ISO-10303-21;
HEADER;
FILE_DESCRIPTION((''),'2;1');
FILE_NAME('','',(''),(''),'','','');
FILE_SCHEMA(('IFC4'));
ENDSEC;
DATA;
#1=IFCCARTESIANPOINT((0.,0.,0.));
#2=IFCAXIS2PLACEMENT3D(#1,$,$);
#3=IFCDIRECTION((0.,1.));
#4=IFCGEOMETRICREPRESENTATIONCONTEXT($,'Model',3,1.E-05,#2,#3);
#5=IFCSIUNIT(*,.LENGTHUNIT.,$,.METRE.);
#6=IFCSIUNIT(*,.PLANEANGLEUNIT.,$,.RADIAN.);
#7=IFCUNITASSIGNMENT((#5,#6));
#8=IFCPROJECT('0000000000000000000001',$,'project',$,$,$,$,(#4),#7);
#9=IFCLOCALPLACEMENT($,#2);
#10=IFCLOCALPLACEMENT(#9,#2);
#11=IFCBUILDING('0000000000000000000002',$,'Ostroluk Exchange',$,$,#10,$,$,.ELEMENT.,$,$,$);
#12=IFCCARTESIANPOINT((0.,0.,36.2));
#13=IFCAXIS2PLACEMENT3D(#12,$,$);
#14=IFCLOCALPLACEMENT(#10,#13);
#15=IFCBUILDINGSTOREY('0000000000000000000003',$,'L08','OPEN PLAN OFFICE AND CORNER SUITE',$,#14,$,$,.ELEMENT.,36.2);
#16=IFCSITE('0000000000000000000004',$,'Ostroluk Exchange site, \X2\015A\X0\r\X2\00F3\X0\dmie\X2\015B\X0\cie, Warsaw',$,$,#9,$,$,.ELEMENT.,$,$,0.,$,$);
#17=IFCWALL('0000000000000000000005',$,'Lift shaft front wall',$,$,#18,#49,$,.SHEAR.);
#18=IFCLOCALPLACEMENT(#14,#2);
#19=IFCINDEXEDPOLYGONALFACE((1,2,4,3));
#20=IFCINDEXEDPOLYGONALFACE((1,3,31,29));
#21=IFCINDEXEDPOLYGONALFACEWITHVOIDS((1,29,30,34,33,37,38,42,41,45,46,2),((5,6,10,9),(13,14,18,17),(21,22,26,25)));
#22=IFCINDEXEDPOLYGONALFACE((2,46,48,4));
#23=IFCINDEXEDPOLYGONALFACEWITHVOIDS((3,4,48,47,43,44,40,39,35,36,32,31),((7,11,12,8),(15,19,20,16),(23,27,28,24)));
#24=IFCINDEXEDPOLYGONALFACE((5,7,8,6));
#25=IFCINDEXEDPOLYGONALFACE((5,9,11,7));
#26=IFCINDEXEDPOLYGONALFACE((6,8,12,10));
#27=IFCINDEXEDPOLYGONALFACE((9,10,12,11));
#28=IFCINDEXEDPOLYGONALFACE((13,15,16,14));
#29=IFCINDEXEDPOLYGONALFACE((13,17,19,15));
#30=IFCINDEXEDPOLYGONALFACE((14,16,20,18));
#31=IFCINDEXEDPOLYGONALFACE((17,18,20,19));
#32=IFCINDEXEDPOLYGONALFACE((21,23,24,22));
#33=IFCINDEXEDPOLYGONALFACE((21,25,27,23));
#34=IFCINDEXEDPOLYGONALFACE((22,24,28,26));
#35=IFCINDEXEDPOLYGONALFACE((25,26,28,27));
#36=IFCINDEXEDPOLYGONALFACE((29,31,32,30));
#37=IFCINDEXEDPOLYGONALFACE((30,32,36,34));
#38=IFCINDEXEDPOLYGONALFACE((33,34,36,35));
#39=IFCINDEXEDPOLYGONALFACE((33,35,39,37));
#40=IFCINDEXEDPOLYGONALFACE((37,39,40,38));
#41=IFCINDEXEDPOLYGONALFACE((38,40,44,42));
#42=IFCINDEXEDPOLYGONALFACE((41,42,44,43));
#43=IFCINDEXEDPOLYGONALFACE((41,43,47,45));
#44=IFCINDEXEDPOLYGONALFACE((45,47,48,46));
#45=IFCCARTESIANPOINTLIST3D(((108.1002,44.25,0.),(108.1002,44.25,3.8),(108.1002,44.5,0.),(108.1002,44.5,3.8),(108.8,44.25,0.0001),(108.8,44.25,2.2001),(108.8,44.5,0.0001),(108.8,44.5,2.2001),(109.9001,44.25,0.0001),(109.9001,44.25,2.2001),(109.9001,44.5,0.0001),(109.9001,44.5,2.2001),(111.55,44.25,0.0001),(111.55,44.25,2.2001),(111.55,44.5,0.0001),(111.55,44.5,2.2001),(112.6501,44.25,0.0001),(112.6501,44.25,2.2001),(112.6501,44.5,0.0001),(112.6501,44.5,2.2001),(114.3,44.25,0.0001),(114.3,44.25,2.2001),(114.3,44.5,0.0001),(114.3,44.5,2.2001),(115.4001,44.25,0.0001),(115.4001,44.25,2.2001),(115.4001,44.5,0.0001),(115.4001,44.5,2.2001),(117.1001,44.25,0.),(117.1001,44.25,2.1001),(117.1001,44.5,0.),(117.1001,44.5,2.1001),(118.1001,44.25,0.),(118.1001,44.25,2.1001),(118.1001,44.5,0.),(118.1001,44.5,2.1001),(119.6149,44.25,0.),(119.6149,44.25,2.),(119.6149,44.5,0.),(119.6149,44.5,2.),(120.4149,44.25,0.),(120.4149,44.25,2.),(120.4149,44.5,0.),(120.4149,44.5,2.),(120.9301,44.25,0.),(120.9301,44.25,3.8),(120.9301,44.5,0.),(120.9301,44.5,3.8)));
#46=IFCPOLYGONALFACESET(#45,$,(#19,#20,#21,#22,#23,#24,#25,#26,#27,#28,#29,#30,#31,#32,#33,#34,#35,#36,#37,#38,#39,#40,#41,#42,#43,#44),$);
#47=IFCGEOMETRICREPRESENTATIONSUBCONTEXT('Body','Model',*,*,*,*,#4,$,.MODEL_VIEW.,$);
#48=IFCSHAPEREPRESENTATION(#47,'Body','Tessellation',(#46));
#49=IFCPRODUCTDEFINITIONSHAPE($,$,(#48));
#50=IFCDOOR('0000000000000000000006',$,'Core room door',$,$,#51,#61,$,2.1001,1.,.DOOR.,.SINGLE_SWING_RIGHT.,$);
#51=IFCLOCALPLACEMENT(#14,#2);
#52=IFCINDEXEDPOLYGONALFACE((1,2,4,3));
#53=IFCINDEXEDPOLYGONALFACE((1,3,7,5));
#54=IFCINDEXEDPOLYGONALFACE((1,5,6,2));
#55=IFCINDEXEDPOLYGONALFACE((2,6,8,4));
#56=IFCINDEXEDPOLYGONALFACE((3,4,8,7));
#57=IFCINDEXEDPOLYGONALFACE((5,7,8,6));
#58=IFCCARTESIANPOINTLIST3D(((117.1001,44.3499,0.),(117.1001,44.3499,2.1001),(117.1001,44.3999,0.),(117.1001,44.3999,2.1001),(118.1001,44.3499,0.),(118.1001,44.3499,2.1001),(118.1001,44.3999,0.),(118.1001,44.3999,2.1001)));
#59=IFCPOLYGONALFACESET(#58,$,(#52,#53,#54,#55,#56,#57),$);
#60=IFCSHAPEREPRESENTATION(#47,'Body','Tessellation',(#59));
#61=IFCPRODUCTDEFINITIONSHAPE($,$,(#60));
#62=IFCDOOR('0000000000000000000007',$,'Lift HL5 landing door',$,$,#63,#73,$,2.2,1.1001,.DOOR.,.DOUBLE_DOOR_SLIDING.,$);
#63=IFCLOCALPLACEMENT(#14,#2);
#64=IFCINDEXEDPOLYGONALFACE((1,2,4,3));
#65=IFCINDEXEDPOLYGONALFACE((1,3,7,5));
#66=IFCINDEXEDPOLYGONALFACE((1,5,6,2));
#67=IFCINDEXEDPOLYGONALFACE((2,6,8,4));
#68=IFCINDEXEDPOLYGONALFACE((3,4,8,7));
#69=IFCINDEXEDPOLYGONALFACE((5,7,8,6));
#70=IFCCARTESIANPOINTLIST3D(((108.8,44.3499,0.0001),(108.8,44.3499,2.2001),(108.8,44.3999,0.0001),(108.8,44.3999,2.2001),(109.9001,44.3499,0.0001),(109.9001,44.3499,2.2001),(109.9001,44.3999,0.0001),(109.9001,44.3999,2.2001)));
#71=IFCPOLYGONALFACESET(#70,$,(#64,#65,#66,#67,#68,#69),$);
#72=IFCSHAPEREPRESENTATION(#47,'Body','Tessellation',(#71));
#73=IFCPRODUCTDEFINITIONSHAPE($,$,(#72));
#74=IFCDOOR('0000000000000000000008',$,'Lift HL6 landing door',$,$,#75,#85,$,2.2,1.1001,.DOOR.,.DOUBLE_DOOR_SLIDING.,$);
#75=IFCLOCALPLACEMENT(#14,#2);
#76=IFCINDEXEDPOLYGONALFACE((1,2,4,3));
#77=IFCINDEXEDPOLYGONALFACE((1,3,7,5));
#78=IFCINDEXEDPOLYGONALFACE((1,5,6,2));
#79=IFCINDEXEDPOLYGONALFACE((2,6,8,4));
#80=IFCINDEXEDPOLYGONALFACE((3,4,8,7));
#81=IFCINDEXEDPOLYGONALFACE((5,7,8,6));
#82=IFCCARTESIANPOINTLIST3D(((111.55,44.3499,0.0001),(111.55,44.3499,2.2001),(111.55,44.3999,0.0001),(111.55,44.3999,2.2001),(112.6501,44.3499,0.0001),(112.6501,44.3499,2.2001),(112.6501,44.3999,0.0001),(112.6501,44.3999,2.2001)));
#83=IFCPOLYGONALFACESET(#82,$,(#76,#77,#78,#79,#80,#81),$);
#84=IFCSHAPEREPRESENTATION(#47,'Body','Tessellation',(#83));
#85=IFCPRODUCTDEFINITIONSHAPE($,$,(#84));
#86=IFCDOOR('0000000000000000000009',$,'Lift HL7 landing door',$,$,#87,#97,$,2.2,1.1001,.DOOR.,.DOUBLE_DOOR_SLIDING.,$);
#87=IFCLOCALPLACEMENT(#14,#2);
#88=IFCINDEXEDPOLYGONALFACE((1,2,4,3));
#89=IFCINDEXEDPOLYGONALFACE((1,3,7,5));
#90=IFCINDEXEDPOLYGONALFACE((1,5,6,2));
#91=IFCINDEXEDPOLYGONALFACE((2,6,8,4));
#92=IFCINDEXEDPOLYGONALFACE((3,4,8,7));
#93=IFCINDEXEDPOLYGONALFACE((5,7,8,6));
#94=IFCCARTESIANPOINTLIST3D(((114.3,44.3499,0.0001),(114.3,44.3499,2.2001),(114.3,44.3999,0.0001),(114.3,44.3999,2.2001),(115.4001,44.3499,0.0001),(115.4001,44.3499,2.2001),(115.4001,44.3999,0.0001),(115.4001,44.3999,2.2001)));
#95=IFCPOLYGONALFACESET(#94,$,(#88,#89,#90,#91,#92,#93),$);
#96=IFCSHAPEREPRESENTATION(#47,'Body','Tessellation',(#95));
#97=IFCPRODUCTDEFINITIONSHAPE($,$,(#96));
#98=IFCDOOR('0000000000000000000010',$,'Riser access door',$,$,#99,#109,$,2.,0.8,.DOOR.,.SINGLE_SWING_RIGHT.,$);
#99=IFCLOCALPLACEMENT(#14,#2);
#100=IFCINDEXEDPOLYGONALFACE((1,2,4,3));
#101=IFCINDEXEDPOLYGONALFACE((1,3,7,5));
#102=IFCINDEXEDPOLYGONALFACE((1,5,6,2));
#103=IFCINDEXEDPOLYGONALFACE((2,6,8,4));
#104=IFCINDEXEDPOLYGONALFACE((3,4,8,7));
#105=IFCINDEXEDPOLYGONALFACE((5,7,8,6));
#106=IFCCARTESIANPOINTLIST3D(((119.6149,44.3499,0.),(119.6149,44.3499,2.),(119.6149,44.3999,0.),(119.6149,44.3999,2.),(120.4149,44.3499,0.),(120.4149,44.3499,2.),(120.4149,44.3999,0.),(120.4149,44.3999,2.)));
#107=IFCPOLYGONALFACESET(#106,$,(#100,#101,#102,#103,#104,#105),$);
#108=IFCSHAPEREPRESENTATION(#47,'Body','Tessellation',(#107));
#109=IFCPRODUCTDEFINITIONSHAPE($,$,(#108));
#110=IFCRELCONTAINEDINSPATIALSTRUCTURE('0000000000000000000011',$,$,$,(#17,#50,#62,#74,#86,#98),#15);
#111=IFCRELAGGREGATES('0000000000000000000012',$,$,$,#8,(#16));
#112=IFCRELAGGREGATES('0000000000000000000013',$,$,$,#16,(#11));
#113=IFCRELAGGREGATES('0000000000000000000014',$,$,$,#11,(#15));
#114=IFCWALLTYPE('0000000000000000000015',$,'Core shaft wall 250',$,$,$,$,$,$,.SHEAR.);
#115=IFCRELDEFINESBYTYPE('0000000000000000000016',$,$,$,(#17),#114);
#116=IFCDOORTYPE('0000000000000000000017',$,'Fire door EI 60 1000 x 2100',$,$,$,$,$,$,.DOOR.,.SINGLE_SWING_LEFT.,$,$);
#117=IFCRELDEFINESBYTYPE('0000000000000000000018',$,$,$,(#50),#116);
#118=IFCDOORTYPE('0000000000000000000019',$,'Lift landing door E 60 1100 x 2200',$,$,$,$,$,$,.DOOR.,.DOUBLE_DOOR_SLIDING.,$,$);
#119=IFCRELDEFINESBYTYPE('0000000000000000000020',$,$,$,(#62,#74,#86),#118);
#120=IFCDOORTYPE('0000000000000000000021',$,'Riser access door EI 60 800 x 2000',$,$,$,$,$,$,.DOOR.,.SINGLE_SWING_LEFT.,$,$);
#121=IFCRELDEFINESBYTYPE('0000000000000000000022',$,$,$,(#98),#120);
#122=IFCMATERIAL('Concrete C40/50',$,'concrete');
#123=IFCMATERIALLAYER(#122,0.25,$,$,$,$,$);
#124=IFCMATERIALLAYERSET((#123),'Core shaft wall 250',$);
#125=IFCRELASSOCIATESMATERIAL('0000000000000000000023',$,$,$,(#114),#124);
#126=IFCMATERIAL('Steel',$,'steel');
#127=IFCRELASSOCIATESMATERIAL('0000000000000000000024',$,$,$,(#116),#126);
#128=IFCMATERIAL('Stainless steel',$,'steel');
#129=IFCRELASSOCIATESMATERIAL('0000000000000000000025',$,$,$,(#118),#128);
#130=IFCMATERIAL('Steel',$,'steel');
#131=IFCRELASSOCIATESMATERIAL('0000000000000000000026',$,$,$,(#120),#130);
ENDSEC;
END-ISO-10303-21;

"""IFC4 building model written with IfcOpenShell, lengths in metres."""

from ifc_helpers import new_model, si_unit, direction, frame, frame_2d, origin, place, context, subcontext, project, spatial, rectangle, extrude, material, layer, layer_set, type_object, element, fill, save


model = new_model("IFC4")

# Units and contexts
model_context = context("Model", 3, precision=1e-05, world=origin(), true_north=direction((0.0, 1.0)))
body_context = subcontext(model_context, "Body", "Model", "MODEL_VIEW")
ifc_project = project(units=[si_unit("LENGTHUNIT", "METRE"), si_unit("PLANEANGLEUNIT", "RADIAN")], contexts=[model_context])

# Site, building, storey
site_placement = place(None, origin())
site = spatial("IfcSite", under=ifc_project, at=site_placement, Name="Ostroluk Exchange site, Śródmieście, Warsaw", CompositionType="ELEMENT", RefElevation=0.0)
building_placement = place(site_placement, origin())
building = spatial("IfcBuilding", under=site, at=building_placement, Name="Ostroluk Exchange", CompositionType="ELEMENT")
storey_placement = place(building_placement, frame((0.0, 0.0, 36.2)))
storey = spatial("IfcBuildingStorey", under=building, at=storey_placement, Name="L08", Description="OPEN PLAN OFFICE AND CORNER SUITE", CompositionType="ELEMENT", Elevation=36.2)

# Shared definitions
ifc_material_1 = material(Name="Concrete C40/50", Category="concrete")
ifc_layer_1 = layer(ifc_material_1, 0.25)
ifc_layer_set_1 = layer_set([ifc_layer_1], Name="Core shaft wall 250")
wall_type_1 = type_object("IfcWallType", Name="Core shaft wall 250", PredefinedType="SHEAR", material=ifc_layer_set_1)

# Wall, openings, doors
wall_1_placement = place(storey_placement, frame((108.1001, 44.375, 0.0), z_axis=(0.0, 0.0, 1.0), x_axis=(1.0, 0.0, 0.0)))
wall_1 = element("IfcWall", 1, at=wall_1_placement, inside=storey, type_object=wall_type_1, Name="Lift shaft front wall", PredefinedType="SHEAR", context=body_context, shape_type="SweptSolid", body=[
    extrude(rectangle(XDim=12.8298, YDim=0.25, at=frame_2d((6.415, 0.0))), origin(), (0.0, 0.0, 1.0), 3.8),
])
opening_1_placement = place(wall_1_placement, frame((0.7, 0.0, 0.0)))
opening_1 = element("IfcOpeningElement", 2, at=opening_1_placement, cuts=wall_1, PredefinedType="OPENING", context=body_context, shape_type="SweptSolid", body=[
    extrude(rectangle(XDim=1.1001, YDim=2.2, at=frame_2d((0.55, 1.1001))), frame((0.0, 0.135, 0.0), z_axis=(0.0, -1.0, 0.0), x_axis=(1.0, 0.0, 0.0)), (0.0, 0.0, 1.0), 0.27),
])
opening_2_placement = place(wall_1_placement, frame((3.45, 0.0, 0.0)))
opening_2 = element("IfcOpeningElement", 3, at=opening_2_placement, cuts=wall_1, PredefinedType="OPENING", context=body_context, shape_type="SweptSolid", body=[
    extrude(rectangle(XDim=1.1001, YDim=2.2, at=frame_2d((0.55, 1.1001))), frame((0.0, 0.135, 0.0), z_axis=(0.0, -1.0, 0.0), x_axis=(1.0, 0.0, 0.0)), (0.0, 0.0, 1.0), 0.27),
])
opening_3_placement = place(wall_1_placement, frame((6.2, 0.0, 0.0)))
opening_3 = element("IfcOpeningElement", 4, at=opening_3_placement, cuts=wall_1, PredefinedType="OPENING", context=body_context, shape_type="SweptSolid", body=[
    extrude(rectangle(XDim=1.1001, YDim=2.2, at=frame_2d((0.55, 1.1001))), frame((0.0, 0.135, 0.0), z_axis=(0.0, -1.0, 0.0), x_axis=(1.0, 0.0, 0.0)), (0.0, 0.0, 1.0), 0.27),
])
opening_4_placement = place(wall_1_placement, frame((9.0, 0.0, 0.0)))
opening_4 = element("IfcOpeningElement", 5, at=opening_4_placement, cuts=wall_1, PredefinedType="OPENING", context=body_context, shape_type="SweptSolid", body=[
    extrude(rectangle(XDim=1.0, YDim=2.1001, at=frame_2d((0.5, 1.05))), frame((0.0, 0.135, 0.0), z_axis=(0.0, -1.0, 0.0), x_axis=(1.0, 0.0, 0.0)), (0.0, 0.0, 1.0), 0.27),
])
opening_5_placement = place(wall_1_placement, frame((11.5149, 0.0, 0.0)))
opening_5 = element("IfcOpeningElement", 6, at=opening_5_placement, cuts=wall_1, PredefinedType="OPENING", context=body_context, shape_type="SweptSolid", body=[
    extrude(rectangle(XDim=0.8, YDim=2.0, at=frame_2d((0.3999, 1.0))), frame((0.0, 0.135, 0.0), z_axis=(0.0, -1.0, 0.0), x_axis=(1.0, 0.0, 0.0)), (0.0, 0.0, 1.0), 0.27),
])
ifc_material_2 = material(Name="Steel", Category="steel")
door_type_1 = type_object("IfcDoorType", Name="Fire door EI 60 1000 x 2100", OperationType="SINGLE_SWING_LEFT", PredefinedType="DOOR", material=ifc_material_2)
door_1_placement = place(opening_4_placement, origin())
door_1 = element("IfcDoor", 7, at=door_1_placement, inside=storey, type_object=door_type_1, Name="Core room door", OperationType="SINGLE_SWING_RIGHT", OverallHeight=2.1001, OverallWidth=1.0, PredefinedType="DOOR", context=body_context, shape_type="SweptSolid", body=[
    extrude(rectangle(XDim=1.0, YDim=2.1001, at=frame_2d((0.5, 1.05))), frame((0.0, 0.0249, 0.0), z_axis=(0.0, -1.0, 0.0), x_axis=(1.0, 0.0, 0.0)), (0.0, 0.0, 1.0), 0.05),
])
fill(opening_4, door_1)
ifc_material_3 = material(Name="Stainless steel", Category="steel")
door_type_2 = type_object("IfcDoorType", Name="Lift landing door E 60 1100 x 2200", OperationType="DOUBLE_DOOR_SLIDING", PredefinedType="DOOR", material=ifc_material_3)
door_2_placement = place(opening_1_placement, origin())
door_2 = element("IfcDoor", 8, at=door_2_placement, inside=storey, type_object=door_type_2, Name="Lift HL5 landing door", OperationType="DOUBLE_DOOR_SLIDING", OverallHeight=2.2, OverallWidth=1.1001, PredefinedType="DOOR", context=body_context, shape_type="SweptSolid", body=[
    extrude(rectangle(XDim=1.1001, YDim=2.2, at=frame_2d((0.55, 1.1001))), frame((0.0, 0.0249, 0.0), z_axis=(0.0, -1.0, 0.0), x_axis=(1.0, 0.0, 0.0)), (0.0, 0.0, 1.0), 0.05),
])
fill(opening_1, door_2)
door_3_placement = place(opening_2_placement, origin())
door_3 = element("IfcDoor", 9, at=door_3_placement, inside=storey, type_object=door_type_2, Name="Lift HL6 landing door", OperationType="DOUBLE_DOOR_SLIDING", OverallHeight=2.2, OverallWidth=1.1001, PredefinedType="DOOR", context=body_context, shape_type="SweptSolid", body=[
    extrude(rectangle(XDim=1.1001, YDim=2.2, at=frame_2d((0.55, 1.1001))), frame((0.0, 0.0249, 0.0), z_axis=(0.0, -1.0, 0.0), x_axis=(1.0, 0.0, 0.0)), (0.0, 0.0, 1.0), 0.05),
])
fill(opening_2, door_3)
door_4_placement = place(opening_3_placement, origin())
door_4 = element("IfcDoor", 10, at=door_4_placement, inside=storey, type_object=door_type_2, Name="Lift HL7 landing door", OperationType="DOUBLE_DOOR_SLIDING", OverallHeight=2.2, OverallWidth=1.1001, PredefinedType="DOOR", context=body_context, shape_type="SweptSolid", body=[
    extrude(rectangle(XDim=1.1001, YDim=2.2, at=frame_2d((0.55, 1.1001))), frame((0.0, 0.0249, 0.0), z_axis=(0.0, -1.0, 0.0), x_axis=(1.0, 0.0, 0.0)), (0.0, 0.0, 1.0), 0.05),
])
fill(opening_3, door_4)
ifc_material_4 = material(Name="Steel", Category="steel")
door_type_3 = type_object("IfcDoorType", Name="Riser access door EI 60 800 x 2000", OperationType="SINGLE_SWING_LEFT", PredefinedType="DOOR", material=ifc_material_4)
door_5_placement = place(opening_5_placement, origin())
door_5 = element("IfcDoor", 11, at=door_5_placement, inside=storey, type_object=door_type_3, Name="Riser access door", OperationType="SINGLE_SWING_RIGHT", OverallHeight=2.0, OverallWidth=0.8, PredefinedType="DOOR", context=body_context, shape_type="SweptSolid", body=[
    extrude(rectangle(XDim=0.8, YDim=2.0, at=frame_2d((0.3999, 1.0))), frame((0.0, 0.0249, 0.0), z_axis=(0.0, -1.0, 0.0), x_axis=(1.0, 0.0, 0.0)), (0.0, 0.0, 1.0), 0.05),
])
fill(opening_5, door_5)

save(model, "model.ifc")
